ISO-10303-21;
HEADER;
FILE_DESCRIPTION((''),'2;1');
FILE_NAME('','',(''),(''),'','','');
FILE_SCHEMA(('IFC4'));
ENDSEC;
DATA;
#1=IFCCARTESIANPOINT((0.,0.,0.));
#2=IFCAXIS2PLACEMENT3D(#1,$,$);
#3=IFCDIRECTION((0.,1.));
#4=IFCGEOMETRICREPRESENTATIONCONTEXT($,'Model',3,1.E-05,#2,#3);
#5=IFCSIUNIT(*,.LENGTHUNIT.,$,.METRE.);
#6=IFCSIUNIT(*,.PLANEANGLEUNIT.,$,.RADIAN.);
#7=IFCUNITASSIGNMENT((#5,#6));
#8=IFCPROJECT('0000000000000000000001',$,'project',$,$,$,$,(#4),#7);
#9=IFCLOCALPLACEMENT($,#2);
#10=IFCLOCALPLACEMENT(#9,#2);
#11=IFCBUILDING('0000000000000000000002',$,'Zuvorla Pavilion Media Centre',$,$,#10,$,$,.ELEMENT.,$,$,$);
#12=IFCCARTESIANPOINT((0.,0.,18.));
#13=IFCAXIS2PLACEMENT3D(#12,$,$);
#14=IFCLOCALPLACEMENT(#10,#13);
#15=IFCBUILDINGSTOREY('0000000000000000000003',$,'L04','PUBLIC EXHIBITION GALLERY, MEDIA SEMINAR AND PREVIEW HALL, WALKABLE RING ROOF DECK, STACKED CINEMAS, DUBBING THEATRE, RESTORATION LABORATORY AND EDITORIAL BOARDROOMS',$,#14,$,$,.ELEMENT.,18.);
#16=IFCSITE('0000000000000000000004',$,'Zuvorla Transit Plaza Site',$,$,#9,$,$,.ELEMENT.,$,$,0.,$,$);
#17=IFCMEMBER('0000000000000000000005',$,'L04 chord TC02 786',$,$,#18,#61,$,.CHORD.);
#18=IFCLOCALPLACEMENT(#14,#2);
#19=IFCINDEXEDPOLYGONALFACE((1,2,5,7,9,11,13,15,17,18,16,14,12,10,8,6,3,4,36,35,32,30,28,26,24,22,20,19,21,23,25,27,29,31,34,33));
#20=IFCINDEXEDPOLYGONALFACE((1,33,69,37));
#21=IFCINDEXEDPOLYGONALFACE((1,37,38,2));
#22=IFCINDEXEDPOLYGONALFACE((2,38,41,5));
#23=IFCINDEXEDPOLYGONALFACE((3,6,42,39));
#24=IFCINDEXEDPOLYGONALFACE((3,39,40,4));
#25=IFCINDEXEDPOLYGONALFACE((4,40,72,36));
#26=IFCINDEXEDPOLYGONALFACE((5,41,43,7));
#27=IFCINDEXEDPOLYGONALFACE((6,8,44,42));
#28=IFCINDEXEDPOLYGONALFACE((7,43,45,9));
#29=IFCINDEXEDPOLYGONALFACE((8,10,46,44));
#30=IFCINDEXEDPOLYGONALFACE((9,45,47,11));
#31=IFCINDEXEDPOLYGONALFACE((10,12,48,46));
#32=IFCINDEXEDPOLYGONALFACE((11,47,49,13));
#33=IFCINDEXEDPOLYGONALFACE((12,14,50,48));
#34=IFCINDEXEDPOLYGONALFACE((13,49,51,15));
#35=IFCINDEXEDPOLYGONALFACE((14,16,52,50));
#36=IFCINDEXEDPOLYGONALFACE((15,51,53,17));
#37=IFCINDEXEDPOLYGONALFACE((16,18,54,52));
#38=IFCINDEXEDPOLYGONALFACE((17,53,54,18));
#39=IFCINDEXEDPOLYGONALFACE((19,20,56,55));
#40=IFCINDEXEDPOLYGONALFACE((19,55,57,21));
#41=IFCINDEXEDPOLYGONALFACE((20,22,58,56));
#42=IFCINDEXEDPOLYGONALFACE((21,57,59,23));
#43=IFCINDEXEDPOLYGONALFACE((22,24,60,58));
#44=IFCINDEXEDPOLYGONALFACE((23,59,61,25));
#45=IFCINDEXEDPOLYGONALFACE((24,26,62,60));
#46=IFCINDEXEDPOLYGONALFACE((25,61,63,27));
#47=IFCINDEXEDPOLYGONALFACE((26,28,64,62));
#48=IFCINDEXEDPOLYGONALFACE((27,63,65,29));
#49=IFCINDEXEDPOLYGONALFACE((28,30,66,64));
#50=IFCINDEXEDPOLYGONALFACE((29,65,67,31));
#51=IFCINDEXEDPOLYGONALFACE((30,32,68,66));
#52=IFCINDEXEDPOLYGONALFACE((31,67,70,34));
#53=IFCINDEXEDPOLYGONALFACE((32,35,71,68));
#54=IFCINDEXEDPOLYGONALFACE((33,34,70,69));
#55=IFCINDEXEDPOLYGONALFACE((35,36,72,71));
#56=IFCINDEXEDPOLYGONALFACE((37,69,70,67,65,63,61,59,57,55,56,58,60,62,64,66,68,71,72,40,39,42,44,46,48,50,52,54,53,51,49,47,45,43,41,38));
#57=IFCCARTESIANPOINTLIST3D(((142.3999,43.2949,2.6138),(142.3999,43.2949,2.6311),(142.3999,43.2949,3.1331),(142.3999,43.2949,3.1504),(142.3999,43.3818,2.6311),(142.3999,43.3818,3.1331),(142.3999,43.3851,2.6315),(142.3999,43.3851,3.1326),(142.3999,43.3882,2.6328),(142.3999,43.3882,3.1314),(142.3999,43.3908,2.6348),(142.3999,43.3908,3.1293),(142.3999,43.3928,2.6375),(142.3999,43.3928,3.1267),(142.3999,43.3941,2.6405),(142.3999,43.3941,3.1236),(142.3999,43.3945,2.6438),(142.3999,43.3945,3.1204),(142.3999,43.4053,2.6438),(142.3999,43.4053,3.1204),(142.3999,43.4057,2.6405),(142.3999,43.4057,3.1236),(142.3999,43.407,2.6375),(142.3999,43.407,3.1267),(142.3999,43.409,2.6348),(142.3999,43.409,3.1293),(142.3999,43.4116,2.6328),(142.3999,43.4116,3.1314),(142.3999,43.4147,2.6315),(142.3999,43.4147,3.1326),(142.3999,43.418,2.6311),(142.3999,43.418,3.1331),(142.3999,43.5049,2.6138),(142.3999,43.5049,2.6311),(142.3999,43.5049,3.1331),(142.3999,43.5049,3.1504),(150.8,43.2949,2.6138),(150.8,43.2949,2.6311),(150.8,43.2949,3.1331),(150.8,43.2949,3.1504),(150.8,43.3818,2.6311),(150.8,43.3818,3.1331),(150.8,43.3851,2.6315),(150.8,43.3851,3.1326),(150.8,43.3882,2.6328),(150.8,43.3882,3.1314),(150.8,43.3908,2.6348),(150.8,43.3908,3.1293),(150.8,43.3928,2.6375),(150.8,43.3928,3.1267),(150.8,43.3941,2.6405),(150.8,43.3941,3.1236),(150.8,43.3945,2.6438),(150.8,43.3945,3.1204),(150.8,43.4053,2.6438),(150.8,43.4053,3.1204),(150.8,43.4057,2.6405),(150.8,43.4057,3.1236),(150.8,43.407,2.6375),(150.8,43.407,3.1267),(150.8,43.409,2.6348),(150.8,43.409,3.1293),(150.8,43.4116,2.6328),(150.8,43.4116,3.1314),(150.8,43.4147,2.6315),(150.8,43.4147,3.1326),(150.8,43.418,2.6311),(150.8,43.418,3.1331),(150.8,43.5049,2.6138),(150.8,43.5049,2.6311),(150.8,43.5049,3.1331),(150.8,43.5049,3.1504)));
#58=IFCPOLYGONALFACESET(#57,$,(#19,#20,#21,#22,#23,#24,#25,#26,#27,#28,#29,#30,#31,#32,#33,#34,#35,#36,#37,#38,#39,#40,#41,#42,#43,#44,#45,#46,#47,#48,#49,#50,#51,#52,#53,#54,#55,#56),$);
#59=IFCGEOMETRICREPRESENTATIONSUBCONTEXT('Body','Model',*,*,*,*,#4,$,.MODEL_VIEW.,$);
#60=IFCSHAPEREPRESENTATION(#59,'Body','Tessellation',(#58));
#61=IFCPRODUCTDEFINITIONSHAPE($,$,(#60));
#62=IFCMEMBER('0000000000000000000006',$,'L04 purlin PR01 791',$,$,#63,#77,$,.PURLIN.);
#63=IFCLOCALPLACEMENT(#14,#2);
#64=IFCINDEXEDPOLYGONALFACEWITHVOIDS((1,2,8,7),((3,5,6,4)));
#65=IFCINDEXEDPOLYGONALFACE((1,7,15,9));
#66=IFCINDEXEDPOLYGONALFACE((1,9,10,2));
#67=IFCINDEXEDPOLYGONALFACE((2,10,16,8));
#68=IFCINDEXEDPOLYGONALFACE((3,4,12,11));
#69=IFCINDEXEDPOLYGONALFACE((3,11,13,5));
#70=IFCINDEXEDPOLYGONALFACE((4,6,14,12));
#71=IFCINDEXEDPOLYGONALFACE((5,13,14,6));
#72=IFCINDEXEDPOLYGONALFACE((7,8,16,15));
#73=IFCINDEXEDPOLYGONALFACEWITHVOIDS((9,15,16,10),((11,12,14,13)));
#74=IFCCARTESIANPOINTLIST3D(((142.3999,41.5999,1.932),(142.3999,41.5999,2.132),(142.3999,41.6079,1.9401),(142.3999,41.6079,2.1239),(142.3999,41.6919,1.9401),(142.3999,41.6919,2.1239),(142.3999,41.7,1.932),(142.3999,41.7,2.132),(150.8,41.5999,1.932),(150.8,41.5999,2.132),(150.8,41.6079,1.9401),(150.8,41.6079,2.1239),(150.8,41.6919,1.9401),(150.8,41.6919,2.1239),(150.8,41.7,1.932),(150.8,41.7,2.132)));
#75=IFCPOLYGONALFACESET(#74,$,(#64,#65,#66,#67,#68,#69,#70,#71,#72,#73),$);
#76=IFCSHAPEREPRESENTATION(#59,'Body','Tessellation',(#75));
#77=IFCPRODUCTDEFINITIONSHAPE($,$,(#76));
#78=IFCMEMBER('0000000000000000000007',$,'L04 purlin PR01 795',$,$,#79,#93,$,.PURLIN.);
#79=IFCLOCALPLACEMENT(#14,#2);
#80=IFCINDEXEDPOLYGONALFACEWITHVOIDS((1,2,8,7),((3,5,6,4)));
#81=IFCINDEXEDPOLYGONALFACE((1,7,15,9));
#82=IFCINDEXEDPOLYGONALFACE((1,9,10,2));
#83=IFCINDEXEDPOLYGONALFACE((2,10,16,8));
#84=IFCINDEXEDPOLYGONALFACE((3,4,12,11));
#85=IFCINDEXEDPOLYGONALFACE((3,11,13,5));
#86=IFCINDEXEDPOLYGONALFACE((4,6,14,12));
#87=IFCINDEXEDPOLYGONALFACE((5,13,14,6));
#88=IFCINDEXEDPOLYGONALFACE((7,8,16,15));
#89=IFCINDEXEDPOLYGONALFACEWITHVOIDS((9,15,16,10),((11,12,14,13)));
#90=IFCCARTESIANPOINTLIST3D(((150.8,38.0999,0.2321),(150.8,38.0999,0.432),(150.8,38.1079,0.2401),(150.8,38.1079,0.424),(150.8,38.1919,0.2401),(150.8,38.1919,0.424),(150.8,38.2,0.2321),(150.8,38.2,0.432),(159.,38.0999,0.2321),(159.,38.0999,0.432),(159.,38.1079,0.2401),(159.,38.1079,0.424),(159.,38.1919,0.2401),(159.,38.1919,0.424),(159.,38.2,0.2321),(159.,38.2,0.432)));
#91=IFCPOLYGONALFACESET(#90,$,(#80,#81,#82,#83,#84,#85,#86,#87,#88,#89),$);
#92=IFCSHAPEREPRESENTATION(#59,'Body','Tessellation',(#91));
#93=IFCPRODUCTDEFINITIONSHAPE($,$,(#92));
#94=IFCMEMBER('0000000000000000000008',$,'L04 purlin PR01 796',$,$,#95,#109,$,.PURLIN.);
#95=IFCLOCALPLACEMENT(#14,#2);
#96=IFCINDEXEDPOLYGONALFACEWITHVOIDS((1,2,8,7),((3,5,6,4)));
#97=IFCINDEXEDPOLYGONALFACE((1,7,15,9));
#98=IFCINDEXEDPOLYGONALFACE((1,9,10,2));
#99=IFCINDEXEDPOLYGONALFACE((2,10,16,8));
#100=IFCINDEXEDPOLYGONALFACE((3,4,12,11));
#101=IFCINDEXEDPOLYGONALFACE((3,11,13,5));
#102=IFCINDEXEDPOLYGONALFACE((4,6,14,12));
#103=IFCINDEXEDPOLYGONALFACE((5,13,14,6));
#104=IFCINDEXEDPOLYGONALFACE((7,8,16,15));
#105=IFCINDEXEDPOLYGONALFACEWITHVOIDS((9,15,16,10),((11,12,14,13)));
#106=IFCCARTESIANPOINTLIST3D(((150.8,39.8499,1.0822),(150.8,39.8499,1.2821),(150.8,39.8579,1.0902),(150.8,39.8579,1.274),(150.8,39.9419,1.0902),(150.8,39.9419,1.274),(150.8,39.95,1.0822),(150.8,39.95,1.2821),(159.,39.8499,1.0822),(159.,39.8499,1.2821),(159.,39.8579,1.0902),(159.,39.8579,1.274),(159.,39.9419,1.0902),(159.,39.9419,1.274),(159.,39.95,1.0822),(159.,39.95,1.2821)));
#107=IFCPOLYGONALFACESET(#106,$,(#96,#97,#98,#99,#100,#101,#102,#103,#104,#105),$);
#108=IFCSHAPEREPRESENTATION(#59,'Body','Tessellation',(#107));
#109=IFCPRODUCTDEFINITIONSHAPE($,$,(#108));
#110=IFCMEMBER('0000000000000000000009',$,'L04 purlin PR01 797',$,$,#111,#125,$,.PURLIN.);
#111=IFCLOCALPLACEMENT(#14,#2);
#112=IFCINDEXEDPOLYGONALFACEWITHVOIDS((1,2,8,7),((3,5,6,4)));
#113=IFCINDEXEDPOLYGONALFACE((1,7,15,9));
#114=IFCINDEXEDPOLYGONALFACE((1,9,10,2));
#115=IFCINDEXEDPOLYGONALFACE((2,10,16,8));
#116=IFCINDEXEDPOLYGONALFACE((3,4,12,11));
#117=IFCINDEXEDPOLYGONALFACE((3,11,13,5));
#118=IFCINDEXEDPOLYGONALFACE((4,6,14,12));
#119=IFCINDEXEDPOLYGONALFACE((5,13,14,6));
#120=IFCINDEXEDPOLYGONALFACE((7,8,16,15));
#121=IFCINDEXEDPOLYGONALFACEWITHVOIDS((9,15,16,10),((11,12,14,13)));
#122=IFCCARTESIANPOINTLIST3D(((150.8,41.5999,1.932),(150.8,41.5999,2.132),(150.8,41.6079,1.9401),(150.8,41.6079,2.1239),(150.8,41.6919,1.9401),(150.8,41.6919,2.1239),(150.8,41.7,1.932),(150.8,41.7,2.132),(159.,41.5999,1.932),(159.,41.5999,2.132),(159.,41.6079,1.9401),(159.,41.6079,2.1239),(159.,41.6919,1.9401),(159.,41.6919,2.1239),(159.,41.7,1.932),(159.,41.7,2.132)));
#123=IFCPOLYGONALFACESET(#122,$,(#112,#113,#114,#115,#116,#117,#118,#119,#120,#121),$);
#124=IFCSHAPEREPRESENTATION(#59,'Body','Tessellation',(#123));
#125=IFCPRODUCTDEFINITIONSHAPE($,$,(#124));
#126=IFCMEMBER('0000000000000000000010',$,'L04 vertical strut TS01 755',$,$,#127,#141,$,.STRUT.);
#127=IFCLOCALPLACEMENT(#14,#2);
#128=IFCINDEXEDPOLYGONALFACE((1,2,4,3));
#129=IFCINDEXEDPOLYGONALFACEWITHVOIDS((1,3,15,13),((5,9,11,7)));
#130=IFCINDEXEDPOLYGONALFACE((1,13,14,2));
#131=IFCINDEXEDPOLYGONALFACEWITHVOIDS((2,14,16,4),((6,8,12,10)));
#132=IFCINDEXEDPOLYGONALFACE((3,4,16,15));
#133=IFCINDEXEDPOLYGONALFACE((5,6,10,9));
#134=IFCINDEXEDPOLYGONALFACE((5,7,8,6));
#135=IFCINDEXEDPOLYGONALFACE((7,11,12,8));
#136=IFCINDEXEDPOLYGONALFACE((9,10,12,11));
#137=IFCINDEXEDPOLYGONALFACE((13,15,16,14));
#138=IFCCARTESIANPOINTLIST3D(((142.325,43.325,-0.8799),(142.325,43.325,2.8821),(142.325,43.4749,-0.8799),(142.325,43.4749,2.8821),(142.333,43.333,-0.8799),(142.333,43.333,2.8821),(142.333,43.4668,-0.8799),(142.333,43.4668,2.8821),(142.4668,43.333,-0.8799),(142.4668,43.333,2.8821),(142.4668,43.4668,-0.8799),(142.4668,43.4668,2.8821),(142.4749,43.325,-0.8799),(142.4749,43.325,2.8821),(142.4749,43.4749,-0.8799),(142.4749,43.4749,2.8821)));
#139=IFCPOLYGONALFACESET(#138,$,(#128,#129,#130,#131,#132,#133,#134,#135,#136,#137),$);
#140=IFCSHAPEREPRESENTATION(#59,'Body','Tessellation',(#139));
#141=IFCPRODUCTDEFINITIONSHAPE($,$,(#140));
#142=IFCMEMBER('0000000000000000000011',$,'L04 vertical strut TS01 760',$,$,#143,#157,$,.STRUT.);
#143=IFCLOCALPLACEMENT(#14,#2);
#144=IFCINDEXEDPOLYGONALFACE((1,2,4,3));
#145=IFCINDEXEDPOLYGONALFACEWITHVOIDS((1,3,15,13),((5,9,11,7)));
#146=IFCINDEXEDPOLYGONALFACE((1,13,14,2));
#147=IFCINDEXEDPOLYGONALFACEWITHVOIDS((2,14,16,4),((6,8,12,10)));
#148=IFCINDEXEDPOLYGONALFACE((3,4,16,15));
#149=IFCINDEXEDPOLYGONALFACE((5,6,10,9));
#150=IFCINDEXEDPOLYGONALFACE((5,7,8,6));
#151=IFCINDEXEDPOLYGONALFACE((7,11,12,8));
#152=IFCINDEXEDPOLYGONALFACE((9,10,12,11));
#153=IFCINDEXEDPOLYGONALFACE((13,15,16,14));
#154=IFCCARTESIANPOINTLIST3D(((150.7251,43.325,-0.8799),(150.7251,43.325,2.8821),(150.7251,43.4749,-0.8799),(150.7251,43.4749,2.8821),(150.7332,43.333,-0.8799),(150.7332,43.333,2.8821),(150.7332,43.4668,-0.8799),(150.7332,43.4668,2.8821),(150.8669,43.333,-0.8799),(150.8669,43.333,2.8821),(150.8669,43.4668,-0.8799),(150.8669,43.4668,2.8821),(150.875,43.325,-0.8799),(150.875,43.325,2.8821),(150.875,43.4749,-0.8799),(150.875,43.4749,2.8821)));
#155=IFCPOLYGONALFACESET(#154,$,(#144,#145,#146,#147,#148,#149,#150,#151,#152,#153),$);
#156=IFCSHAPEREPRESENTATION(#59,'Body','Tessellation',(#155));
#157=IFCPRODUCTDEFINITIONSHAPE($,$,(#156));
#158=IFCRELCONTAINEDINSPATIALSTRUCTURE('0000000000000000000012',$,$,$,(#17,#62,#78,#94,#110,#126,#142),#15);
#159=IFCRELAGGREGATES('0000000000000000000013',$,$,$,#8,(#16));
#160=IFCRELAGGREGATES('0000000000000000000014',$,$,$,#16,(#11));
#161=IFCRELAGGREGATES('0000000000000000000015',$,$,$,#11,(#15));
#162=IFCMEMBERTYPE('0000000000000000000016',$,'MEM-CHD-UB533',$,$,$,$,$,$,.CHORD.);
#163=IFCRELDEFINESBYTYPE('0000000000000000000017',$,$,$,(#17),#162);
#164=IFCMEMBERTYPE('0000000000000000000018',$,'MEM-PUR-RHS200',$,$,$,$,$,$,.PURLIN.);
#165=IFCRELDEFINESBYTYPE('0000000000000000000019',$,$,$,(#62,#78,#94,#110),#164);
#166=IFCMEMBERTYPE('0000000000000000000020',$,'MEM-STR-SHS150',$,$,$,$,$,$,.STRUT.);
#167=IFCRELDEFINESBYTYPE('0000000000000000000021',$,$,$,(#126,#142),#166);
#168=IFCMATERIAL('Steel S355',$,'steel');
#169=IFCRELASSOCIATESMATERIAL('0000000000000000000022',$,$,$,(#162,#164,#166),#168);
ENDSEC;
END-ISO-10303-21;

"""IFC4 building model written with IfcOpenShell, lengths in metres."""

from ifc_helpers import new_model, si_unit, direction, frame, origin, origin_2d, place, context, subcontext, project, spatial, hollow_rectangle, i_section, extrude, material, material_profile, profile_set, type_object, element, save


model = new_model("IFC4")

# Units and contexts
model_context = context("Model", 3, precision=1e-05, world=origin(), true_north=direction((0.0, 1.0)))
body_context = subcontext(model_context, "Body", "Model", "MODEL_VIEW")
ifc_project = project(units=[si_unit("LENGTHUNIT", "METRE"), si_unit("PLANEANGLEUNIT", "RADIAN")], contexts=[model_context])

# Site, building, storey
site_placement = place(None, origin())
site = spatial("IfcSite", under=ifc_project, at=site_placement, Name="Zuvorla Transit Plaza Site", CompositionType="ELEMENT", RefElevation=0.0)
building_placement = place(site_placement, origin())
building = spatial("IfcBuilding", under=site, at=building_placement, Name="Zuvorla Pavilion Media Centre", CompositionType="ELEMENT")
storey_placement = place(building_placement, frame((0.0, 0.0, 18.0)))
storey = spatial("IfcBuildingStorey", under=building, at=storey_placement, Name="L04", Description="PUBLIC EXHIBITION GALLERY, MEDIA SEMINAR AND PREVIEW HALL, WALKABLE RING ROOF DECK, STACKED CINEMAS, DUBBING THEATRE, RESTORATION LABORATORY AND EDITORIAL BOARDROOMS", CompositionType="ELEMENT", Elevation=18.0)

# Shared definitions
ifc_material_1 = material(Name="Steel S355", Category="steel")

# Members
ifc_material_profile_1 = material_profile(ifc_material_1, i_section(OverallWidth=0.21, OverallDepth=0.5366, WebThickness=0.0107, FlangeThickness=0.0173, FilletRadius=0.0127, at=origin_2d()), Name="UB 533x210x101")
ifc_profile_set_1 = profile_set([ifc_material_profile_1], Name="Steel S355")
member_type_1 = type_object("IfcMemberType", Name="MEM-CHD-UB533", PredefinedType="CHORD", material=ifc_profile_set_1)
member_1_placement = place(storey_placement, frame((142.3999, 43.3999, 2.8821), z_axis=(1.0, 0.0, 0.0), x_axis=(0.0, 1.0, 0.0)))
element("IfcMember", 1, at=member_1_placement, inside=storey, type_object=member_type_1, Name="L04 chord TC02 786", PredefinedType="CHORD", context=body_context, shape_type="SweptSolid", body=[
    extrude(i_section(OverallWidth=0.21, OverallDepth=0.5366, WebThickness=0.0107, FlangeThickness=0.0173, FilletRadius=0.0127, at=origin_2d()), origin(), (0.0, 0.0, 1.0), 8.4001),
])
ifc_material_profile_2 = material_profile(ifc_material_1, hollow_rectangle(XDim=0.1001, YDim=0.2, WallThickness=0.0081, at=origin_2d()), Name="RHS 200x100x8")
ifc_profile_set_2 = profile_set([ifc_material_profile_2], Name="Steel S355")
member_type_2 = type_object("IfcMemberType", Name="MEM-PUR-RHS200", PredefinedType="PURLIN", material=ifc_profile_set_2)
member_2_placement = place(storey_placement, frame((142.3999, 41.6499, 2.032), z_axis=(1.0, 0.0, 0.0), x_axis=(0.0, 1.0, 0.0)))
element("IfcMember", 2, at=member_2_placement, inside=storey, type_object=member_type_2, Name="L04 purlin PR01 791", PredefinedType="PURLIN", context=body_context, shape_type="SweptSolid", body=[
    extrude(hollow_rectangle(XDim=0.1001, YDim=0.2, WallThickness=0.0081, at=origin_2d()), origin(), (0.0, 0.0, 1.0), 8.4001),
])
for number, where, z_axis, x_axis, name in (
    (3, (150.8, 38.1499, 0.332), (1.0, 0.0, 0.0), (0.0, 1.0, 0.0), "L04 purlin PR01 795"),
    (4, (150.8, 39.8999, 1.1821), (1.0, 0.0, 0.0), (0.0, 1.0, 0.0), "L04 purlin PR01 796"),
    (5, (150.8, 41.6499, 2.032), (1.0, 0.0, 0.0), (0.0, 1.0, 0.0), "L04 purlin PR01 797"),
):
    element("IfcMember", number, at=place(storey_placement, frame(where, z_axis=z_axis, x_axis=x_axis)), inside=storey, type_object=member_type_2, Name=name, PredefinedType="PURLIN", context=body_context, shape_type="SweptSolid", body=[
        extrude(hollow_rectangle(XDim=0.1001, YDim=0.2, WallThickness=0.0081, at=origin_2d()), origin(), (0.0, 0.0, 1.0), 8.2),
    ])
ifc_material_profile_3 = material_profile(ifc_material_1, hollow_rectangle(XDim=0.1499, YDim=0.1499, WallThickness=0.0081, at=origin_2d()), Name="SHS 150x150x8")
ifc_profile_set_3 = profile_set([ifc_material_profile_3], Name="Steel S355")
member_type_3 = type_object("IfcMemberType", Name="MEM-STR-SHS150", PredefinedType="STRUT", material=ifc_profile_set_3)
for number, where, z_axis, x_axis, name in (
    (6, (142.3999, 43.3999, -0.8799), (0.0, 0.0, 1.0), (1.0, 0.0, 0.0), "L04 vertical strut TS01 755"),
    (7, (150.8, 43.3999, -0.8799), (0.0, 0.0, 1.0), (1.0, 0.0, 0.0), "L04 vertical strut TS01 760"),
):
    element("IfcMember", number, at=place(storey_placement, frame(where, z_axis=z_axis, x_axis=x_axis)), inside=storey, type_object=member_type_3, Name=name, PredefinedType="STRUT", context=body_context, shape_type="SweptSolid", body=[
        extrude(hollow_rectangle(XDim=0.1499, YDim=0.1499, WallThickness=0.0081, at=origin_2d()), origin(), (0.0, 0.0, 1.0), 3.762),
    ])

save(model, "model.ifc")
